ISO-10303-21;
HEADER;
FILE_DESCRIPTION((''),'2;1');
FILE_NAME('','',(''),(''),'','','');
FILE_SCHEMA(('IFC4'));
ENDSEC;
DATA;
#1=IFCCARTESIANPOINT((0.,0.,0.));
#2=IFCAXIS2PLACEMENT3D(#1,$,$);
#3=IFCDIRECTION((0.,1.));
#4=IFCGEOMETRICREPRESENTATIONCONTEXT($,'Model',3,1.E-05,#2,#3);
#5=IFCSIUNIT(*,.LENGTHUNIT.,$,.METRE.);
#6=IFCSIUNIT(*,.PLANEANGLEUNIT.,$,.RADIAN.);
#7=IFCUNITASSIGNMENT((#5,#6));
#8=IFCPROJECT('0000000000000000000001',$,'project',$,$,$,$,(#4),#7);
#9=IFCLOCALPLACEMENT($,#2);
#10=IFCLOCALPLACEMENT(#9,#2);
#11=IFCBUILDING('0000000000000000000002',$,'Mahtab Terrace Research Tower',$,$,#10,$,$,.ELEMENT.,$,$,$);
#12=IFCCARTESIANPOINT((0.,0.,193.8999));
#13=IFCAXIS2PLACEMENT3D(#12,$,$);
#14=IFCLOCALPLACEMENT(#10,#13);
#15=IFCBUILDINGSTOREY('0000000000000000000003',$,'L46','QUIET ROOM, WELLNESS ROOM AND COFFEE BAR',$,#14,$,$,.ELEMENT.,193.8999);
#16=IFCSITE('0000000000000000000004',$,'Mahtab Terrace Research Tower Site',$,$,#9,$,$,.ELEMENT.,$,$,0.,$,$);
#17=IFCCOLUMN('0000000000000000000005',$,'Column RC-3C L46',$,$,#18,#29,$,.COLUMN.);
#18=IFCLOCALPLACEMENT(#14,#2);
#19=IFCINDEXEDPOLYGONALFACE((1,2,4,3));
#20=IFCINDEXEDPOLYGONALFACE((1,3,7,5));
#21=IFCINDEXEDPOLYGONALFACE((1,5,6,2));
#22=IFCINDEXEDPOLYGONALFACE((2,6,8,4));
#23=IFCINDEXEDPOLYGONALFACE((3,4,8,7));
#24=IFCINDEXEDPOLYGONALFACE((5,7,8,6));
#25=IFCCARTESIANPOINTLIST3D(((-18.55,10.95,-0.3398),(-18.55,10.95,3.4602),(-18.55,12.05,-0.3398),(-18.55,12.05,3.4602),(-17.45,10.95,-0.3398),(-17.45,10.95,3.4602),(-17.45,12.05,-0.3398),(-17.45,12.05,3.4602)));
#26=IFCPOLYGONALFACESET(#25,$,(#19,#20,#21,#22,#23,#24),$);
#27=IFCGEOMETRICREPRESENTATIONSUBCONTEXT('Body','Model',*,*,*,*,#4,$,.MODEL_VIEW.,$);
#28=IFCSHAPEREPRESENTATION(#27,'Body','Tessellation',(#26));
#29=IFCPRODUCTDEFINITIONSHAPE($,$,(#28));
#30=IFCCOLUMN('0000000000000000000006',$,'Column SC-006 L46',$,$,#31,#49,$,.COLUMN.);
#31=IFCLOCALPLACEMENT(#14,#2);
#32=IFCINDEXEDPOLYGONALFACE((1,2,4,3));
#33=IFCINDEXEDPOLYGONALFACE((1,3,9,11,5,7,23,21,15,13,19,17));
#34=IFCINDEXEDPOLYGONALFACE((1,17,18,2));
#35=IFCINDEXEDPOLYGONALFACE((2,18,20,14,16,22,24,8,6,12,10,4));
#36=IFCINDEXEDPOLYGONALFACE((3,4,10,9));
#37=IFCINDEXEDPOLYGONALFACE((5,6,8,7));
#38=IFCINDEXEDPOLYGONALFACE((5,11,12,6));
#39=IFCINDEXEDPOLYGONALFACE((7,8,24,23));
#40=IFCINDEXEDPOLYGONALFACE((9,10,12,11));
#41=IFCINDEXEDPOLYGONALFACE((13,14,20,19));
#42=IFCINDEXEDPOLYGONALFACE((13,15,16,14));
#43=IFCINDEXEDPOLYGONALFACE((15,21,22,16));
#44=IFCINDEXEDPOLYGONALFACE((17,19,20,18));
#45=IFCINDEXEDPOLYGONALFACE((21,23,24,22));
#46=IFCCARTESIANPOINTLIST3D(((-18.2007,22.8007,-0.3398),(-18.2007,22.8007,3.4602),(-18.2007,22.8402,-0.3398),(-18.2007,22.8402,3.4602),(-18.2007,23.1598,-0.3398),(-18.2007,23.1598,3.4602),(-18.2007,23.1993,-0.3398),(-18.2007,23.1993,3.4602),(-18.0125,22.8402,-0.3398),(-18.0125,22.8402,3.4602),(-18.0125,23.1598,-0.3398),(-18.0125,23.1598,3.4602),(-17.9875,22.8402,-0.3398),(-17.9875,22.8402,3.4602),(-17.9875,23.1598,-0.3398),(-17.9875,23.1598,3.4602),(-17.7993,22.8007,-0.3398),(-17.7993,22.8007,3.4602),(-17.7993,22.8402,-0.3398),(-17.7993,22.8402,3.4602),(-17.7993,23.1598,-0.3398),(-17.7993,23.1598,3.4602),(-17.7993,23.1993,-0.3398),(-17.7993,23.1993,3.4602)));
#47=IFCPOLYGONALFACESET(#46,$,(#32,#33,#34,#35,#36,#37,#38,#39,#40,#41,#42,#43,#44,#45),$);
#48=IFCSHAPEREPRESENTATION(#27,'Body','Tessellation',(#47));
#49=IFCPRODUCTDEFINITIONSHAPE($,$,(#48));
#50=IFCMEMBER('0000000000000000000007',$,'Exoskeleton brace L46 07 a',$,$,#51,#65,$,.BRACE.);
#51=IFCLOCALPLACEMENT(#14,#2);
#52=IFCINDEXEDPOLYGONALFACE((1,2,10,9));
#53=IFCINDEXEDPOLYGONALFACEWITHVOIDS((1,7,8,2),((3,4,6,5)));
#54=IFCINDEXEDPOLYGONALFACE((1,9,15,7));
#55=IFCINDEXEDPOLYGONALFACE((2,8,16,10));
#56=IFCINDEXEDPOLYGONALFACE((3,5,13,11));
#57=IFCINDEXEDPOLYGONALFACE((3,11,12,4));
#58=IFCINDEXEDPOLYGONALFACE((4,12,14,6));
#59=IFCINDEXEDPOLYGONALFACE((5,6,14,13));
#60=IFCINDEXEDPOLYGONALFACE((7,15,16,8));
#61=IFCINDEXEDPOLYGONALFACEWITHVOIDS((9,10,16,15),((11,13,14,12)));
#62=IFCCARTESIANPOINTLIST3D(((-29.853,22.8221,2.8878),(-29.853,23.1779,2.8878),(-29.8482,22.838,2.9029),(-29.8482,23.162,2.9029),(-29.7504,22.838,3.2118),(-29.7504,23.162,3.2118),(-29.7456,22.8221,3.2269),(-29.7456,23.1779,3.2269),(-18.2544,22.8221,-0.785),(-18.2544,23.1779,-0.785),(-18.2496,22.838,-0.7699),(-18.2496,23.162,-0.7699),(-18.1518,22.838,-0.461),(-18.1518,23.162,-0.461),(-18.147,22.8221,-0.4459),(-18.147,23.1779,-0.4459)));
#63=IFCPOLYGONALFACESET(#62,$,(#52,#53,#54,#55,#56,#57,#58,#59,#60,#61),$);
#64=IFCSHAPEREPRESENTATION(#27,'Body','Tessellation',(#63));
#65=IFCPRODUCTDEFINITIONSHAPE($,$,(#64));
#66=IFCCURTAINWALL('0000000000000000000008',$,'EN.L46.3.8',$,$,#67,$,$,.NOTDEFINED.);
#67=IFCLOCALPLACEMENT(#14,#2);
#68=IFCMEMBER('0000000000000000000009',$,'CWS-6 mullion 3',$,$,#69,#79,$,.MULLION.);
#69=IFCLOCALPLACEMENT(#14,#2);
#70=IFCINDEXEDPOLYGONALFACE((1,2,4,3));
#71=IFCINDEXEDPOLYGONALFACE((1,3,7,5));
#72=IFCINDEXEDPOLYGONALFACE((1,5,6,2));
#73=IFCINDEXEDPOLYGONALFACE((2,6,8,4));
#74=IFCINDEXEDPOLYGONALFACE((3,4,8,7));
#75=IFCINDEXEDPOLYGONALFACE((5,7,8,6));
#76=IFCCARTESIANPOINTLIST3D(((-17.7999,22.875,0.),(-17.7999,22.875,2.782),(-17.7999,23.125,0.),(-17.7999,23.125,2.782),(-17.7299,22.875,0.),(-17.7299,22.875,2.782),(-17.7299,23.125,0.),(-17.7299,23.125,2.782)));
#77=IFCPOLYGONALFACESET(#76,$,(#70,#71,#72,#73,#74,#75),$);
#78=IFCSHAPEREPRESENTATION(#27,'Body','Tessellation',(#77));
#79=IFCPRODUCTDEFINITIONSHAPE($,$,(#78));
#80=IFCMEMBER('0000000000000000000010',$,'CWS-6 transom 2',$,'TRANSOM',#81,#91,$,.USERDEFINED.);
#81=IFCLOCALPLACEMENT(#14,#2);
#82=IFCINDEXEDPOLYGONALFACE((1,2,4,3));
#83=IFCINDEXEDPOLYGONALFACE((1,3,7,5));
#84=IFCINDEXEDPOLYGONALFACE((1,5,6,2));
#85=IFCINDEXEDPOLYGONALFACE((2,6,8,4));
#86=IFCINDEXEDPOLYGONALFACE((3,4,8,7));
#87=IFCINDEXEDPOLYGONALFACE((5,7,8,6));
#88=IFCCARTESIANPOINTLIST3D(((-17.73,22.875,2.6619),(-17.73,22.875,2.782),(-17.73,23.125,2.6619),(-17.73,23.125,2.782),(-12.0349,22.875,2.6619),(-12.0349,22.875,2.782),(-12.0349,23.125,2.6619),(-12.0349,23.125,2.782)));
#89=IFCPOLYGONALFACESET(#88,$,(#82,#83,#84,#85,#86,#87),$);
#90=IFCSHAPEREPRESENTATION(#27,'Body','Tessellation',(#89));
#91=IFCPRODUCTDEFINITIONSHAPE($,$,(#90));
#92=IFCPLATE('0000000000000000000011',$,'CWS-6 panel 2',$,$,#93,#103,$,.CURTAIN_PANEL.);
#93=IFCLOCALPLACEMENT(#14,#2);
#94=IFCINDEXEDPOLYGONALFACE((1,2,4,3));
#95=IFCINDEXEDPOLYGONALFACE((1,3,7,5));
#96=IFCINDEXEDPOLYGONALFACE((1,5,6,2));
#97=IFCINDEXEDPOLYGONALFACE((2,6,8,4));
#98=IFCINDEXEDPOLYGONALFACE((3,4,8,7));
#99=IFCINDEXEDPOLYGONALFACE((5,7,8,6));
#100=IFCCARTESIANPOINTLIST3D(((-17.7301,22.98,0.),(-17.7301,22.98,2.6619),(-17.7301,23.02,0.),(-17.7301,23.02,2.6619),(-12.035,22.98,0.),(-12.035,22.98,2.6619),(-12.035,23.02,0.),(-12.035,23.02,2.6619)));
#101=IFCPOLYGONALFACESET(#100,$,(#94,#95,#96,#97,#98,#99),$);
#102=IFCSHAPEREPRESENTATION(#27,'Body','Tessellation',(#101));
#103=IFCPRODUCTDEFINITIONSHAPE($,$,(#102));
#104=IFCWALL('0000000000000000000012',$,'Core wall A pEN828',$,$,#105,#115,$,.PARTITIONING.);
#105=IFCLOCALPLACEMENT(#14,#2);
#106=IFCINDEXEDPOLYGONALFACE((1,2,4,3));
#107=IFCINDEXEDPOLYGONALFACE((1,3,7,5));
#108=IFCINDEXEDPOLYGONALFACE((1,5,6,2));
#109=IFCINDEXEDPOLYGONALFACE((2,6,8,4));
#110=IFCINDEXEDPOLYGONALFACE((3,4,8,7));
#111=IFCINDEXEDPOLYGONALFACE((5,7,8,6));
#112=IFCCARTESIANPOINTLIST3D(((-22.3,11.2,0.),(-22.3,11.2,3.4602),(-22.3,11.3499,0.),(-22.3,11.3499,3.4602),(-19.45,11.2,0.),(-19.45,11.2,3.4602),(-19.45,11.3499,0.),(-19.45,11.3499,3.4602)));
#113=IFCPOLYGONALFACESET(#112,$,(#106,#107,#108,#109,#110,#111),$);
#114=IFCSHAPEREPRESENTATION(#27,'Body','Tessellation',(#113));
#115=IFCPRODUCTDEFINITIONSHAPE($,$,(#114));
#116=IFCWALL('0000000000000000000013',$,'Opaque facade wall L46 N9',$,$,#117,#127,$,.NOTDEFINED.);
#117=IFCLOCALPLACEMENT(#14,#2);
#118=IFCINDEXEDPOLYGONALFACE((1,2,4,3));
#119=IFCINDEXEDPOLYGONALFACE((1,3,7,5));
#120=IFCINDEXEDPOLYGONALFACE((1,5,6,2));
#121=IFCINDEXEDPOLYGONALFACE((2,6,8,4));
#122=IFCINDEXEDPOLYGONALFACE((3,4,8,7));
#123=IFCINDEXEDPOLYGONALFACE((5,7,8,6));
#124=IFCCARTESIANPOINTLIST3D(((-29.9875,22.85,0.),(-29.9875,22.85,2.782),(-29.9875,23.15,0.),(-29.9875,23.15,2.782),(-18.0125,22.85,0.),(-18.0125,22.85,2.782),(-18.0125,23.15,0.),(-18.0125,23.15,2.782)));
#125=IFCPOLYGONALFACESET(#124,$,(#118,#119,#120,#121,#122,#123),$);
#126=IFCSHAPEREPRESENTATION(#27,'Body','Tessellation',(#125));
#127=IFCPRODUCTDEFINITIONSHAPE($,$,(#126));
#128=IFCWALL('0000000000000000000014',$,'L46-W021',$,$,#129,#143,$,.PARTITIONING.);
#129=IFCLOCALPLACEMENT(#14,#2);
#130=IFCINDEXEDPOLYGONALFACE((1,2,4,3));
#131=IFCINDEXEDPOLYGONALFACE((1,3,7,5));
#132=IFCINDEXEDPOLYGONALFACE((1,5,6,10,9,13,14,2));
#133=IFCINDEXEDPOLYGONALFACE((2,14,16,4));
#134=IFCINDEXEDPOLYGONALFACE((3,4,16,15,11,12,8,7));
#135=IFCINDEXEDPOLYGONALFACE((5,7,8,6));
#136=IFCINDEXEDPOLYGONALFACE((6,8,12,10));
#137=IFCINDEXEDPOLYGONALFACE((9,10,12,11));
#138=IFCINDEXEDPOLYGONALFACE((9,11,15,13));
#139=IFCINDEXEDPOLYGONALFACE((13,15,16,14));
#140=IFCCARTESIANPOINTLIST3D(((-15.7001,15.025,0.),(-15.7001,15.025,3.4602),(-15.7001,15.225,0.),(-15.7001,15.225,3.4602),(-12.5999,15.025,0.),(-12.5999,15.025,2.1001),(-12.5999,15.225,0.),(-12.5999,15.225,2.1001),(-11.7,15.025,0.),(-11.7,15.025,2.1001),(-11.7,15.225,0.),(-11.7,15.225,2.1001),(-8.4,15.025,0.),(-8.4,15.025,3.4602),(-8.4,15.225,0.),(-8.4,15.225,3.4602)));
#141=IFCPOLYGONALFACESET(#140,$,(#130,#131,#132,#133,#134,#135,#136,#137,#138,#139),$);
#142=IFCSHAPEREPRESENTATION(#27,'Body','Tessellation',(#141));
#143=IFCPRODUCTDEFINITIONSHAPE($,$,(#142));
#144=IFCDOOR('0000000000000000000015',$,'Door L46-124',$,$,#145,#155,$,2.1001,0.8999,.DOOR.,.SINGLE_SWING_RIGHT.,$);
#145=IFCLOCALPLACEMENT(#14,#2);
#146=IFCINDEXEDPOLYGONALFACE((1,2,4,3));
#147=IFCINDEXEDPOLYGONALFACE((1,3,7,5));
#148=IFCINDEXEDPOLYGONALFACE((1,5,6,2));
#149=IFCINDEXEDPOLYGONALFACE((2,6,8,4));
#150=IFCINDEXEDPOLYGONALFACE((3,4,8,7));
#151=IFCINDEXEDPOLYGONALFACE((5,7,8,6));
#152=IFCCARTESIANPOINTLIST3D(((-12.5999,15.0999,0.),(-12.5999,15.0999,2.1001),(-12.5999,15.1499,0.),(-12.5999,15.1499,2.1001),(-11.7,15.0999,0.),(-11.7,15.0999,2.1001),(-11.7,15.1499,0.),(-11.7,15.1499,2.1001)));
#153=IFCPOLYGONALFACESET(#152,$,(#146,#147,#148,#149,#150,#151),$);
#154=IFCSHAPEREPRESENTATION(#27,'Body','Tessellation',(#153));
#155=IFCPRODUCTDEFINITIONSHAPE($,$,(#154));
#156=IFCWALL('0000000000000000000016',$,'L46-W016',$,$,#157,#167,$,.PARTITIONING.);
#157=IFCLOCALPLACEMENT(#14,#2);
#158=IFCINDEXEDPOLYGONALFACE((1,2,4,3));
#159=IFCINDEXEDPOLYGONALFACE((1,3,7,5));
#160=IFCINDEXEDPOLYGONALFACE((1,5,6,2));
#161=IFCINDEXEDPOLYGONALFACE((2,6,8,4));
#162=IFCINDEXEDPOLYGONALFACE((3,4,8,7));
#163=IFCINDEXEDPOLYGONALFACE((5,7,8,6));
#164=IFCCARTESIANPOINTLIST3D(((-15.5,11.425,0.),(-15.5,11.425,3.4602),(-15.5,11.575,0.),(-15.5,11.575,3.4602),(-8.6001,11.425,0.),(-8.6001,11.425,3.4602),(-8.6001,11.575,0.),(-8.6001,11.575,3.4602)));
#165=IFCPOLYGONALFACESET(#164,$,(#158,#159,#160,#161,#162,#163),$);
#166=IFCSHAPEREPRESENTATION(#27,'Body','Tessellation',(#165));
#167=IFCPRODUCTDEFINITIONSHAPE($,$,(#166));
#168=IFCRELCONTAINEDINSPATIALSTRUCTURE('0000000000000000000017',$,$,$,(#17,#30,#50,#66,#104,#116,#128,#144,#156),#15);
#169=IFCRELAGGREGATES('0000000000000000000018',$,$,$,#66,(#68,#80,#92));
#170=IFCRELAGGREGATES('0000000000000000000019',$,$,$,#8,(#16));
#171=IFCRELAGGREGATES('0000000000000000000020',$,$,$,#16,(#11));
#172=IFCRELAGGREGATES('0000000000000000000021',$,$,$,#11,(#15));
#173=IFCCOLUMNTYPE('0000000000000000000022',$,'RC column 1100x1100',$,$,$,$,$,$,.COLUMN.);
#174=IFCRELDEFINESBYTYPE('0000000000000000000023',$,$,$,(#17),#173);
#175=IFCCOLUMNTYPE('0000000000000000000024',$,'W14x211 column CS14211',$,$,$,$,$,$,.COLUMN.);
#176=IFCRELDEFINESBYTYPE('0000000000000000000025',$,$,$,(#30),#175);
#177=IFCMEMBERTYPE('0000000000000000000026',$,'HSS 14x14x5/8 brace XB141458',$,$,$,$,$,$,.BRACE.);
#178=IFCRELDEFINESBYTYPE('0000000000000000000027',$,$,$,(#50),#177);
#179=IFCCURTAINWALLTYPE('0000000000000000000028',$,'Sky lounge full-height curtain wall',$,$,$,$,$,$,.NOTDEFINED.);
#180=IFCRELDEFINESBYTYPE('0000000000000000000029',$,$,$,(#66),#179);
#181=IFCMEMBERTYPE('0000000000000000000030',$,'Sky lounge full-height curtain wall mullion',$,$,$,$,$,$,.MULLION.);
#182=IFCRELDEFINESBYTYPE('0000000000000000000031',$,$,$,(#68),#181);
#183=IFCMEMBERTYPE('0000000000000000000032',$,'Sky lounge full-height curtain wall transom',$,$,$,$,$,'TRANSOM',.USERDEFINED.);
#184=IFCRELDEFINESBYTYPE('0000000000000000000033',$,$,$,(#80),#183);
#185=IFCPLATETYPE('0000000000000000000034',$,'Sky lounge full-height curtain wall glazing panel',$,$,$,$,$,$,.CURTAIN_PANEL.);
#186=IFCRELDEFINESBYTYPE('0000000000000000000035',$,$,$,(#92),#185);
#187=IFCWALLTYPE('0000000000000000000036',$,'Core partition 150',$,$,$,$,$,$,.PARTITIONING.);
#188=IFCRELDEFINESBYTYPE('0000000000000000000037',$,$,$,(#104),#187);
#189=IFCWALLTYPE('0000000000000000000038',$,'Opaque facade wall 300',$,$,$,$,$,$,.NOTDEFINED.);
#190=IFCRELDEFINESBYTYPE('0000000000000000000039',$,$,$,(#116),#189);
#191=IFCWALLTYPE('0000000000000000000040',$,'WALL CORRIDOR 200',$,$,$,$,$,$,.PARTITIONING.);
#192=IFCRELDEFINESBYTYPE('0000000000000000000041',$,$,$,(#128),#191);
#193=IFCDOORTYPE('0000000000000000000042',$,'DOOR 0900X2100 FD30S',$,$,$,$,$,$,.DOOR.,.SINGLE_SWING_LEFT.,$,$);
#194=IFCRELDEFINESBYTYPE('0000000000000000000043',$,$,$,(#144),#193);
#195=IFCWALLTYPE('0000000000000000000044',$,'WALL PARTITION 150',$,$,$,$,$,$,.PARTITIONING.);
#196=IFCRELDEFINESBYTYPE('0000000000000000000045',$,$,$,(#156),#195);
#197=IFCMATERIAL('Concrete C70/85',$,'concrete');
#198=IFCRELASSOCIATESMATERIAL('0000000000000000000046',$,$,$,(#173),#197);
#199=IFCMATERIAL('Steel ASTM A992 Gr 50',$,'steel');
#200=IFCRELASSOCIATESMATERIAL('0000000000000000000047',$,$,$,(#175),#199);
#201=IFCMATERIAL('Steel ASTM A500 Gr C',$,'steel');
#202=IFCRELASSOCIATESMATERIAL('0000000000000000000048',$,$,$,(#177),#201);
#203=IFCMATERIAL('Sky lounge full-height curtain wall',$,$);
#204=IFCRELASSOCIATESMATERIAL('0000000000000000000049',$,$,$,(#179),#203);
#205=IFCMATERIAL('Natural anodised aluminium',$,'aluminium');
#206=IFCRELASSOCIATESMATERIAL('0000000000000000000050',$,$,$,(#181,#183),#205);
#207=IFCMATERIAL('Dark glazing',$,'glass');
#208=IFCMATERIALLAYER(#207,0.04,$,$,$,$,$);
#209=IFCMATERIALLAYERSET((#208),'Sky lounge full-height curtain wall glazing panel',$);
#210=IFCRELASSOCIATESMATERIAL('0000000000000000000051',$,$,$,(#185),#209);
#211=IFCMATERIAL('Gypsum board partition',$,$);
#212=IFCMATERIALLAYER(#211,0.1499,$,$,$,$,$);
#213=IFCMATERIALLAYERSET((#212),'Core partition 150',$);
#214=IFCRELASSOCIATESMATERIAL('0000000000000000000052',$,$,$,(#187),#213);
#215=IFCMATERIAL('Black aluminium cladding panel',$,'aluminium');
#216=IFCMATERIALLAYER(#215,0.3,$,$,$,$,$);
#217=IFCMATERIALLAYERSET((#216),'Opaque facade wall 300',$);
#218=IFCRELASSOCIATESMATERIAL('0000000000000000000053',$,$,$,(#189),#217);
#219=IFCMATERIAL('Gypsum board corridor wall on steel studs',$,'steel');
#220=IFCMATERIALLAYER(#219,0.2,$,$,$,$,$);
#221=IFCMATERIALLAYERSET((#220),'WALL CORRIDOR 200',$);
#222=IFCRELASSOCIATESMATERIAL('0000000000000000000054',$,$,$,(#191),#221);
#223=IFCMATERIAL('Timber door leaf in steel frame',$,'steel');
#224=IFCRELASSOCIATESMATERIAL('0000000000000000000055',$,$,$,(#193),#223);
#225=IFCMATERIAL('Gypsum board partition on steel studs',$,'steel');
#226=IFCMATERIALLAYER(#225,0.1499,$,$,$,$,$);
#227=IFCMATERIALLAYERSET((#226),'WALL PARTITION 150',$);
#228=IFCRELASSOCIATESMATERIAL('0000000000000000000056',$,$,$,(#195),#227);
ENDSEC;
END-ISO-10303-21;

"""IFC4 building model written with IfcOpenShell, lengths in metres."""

from ifc_helpers import new_model, si_unit, direction, frame, frame_2d, origin, origin_2d, place, context, subcontext, project, spatial, rectangle, hollow_rectangle, i_section, extrude, material, layer, layer_set, material_profile, profile_set, type_object, element, fill, aggregate, save


model = new_model("IFC4")

# Units and contexts
model_context = context("Model", 3, precision=1e-05, world=origin(), true_north=direction((0.0, 1.0)))
body_context = subcontext(model_context, "Body", "Model", "MODEL_VIEW")
ifc_project = project(units=[si_unit("LENGTHUNIT", "METRE"), si_unit("PLANEANGLEUNIT", "RADIAN")], contexts=[model_context])

# Site, building, storey
site_placement = place(None, origin())
site = spatial("IfcSite", under=ifc_project, at=site_placement, Name="Mahtab Terrace Research Tower Site", CompositionType="ELEMENT", RefElevation=0.0)
building_placement = place(site_placement, origin())
building = spatial("IfcBuilding", under=site, at=building_placement, Name="Mahtab Terrace Research Tower", CompositionType="ELEMENT")
storey_placement = place(building_placement, frame((0.0, 0.0, 193.8999)))
storey = spatial("IfcBuildingStorey", under=building, at=storey_placement, Name="L46", Description="QUIET ROOM, WELLNESS ROOM AND COFFEE BAR", CompositionType="ELEMENT", Elevation=193.8999)

# Columns
ifc_material_1 = material(Name="Concrete C70/85", Category="concrete")
ifc_material_profile_1 = material_profile(ifc_material_1, rectangle(XDim=1.1001, YDim=1.1001, at=origin_2d()), Name="RC column 1100x1100")
ifc_profile_set_1 = profile_set([ifc_material_profile_1], Name="Concrete C70/85")
column_type_1 = type_object("IfcColumnType", Name="RC column 1100x1100", PredefinedType="COLUMN", material=ifc_profile_set_1)
column_1_placement = place(storey_placement, frame((-18.0, 11.5, -0.3398), z_axis=(0.0, 0.0, 1.0), x_axis=(1.0, 0.0, 0.0)))
element("IfcColumn", 1, at=column_1_placement, inside=storey, type_object=column_type_1, Name="Column RC-3C L46", PredefinedType="COLUMN", context=body_context, shape_type="SweptSolid", body=[
    extrude(rectangle(XDim=1.1001, YDim=1.1001, at=origin_2d()), origin(), (0.0, 0.0, 1.0), 3.8),
])
ifc_material_2 = material(Name="Steel ASTM A992 Gr 50", Category="steel")
ifc_material_profile_2 = material_profile(ifc_material_2, i_section(OverallWidth=0.4014, OverallDepth=0.3987, WebThickness=0.0249, FlangeThickness=0.0396, at=origin_2d()), Name="W14X211")
ifc_profile_set_2 = profile_set([ifc_material_profile_2], Name="Steel ASTM A992 Gr 50")
column_type_2 = type_object("IfcColumnType", Name="W14x211 column CS14211", PredefinedType="COLUMN", material=ifc_profile_set_2)
column_2_placement = place(storey_placement, frame((-18.0, 23.0, -0.3398), z_axis=(0.0, 0.0, 1.0), x_axis=(1.0, 0.0, 0.0)))
element("IfcColumn", 2, at=column_2_placement, inside=storey, type_object=column_type_2, Name="Column SC-006 L46", PredefinedType="COLUMN", context=body_context, shape_type="SweptSolid", body=[
    extrude(i_section(OverallWidth=0.4014, OverallDepth=0.3987, WebThickness=0.0249, FlangeThickness=0.0396, at=origin_2d()), origin(), (0.0, 0.0, 1.0), 3.8),
])

# Member
ifc_material_3 = material(Name="Steel ASTM A500 Gr C", Category="steel")
ifc_material_profile_3 = material_profile(ifc_material_3, hollow_rectangle(XDim=0.3557, YDim=0.3557, WallThickness=0.0159, at=origin_2d()), Name="HSS14X14X5/8")
ifc_profile_set_3 = profile_set([ifc_material_profile_3], Name="Steel ASTM A500 Gr C")
member_type_1 = type_object("IfcMemberType", Name="HSS 14x14x5/8 brace XB141458", PredefinedType="BRACE", material=ifc_profile_set_3)
member_1_placement = place(storey_placement, frame((-18.2007, 23.0, -0.6155), z_axis=(-0.953343, 0.0, 0.301888), x_axis=(0.0, -1.0, 0.0)))
element("IfcMember", 3, at=member_1_placement, inside=storey, type_object=member_type_1, Name="Exoskeleton brace L46 07 a", PredefinedType="BRACE", context=body_context, shape_type="SweptSolid", body=[
    extrude(hollow_rectangle(XDim=0.3557, YDim=0.3557, WallThickness=0.0159, at=origin_2d()), origin(), (0.0, 0.0, 1.0), 12.1663),
])

# Curtain wall, members, plate
ifc_material_4 = material(Name="Sky lounge full-height curtain wall")
curtain_wall_type = type_object("IfcCurtainWallType", Name="Sky lounge full-height curtain wall", PredefinedType="NOTDEFINED", material=ifc_material_4)
curtain_wall_placement = place(storey_placement, origin())
curtain_wall = element("IfcCurtainWall", 4, at=curtain_wall_placement, inside=storey, type_object=curtain_wall_type, Name="EN.L46.3.8", PredefinedType="NOTDEFINED")
ifc_material_5 = material(Name="Natural anodised aluminium", Category="aluminium")
ifc_material_profile_4 = material_profile(ifc_material_5, rectangle(XDim=0.25, YDim=0.0701, at=origin_2d()), Name="MULLION 70x250")
ifc_profile_set_4 = profile_set([ifc_material_profile_4], Name="Natural anodised aluminium")
member_type_2 = type_object("IfcMemberType", Name="Sky lounge full-height curtain wall mullion", PredefinedType="MULLION", material=ifc_profile_set_4)
member_2_placement = place(storey_placement, frame((-17.7649, 23.0, 0.0), z_axis=(0.0, 0.0, 1.0), x_axis=(0.0, -1.0, 0.0)))
member_2 = element("IfcMember", 5, at=member_2_placement, type_object=member_type_2, Name="CWS-6 mullion 3", PredefinedType="MULLION", context=body_context, shape_type="SweptSolid", body=[
    extrude(rectangle(XDim=0.25, YDim=0.0701, at=origin_2d()), origin(), (0.0, 0.0, 1.0), 2.782),
])
ifc_material_profile_5 = material_profile(ifc_material_5, rectangle(XDim=0.25, YDim=0.1201, at=origin_2d()), Name="TRANSOM 120x250")
ifc_profile_set_5 = profile_set([ifc_material_profile_5], Name="Natural anodised aluminium")
member_type_3 = type_object("IfcMemberType", Name="Sky lounge full-height curtain wall transom", ElementType="TRANSOM", PredefinedType="USERDEFINED", material=ifc_profile_set_5)
member_3_placement = place(storey_placement, frame((-12.0349, 23.0, 2.7219), z_axis=(-1.0, 0.0, 0.0), x_axis=(0.0, -1.0, 0.0)))
member_3 = element("IfcMember", 6, at=member_3_placement, type_object=member_type_3, Name="CWS-6 transom 2", ObjectType="TRANSOM", PredefinedType="USERDEFINED", context=body_context, shape_type="SweptSolid", body=[
    extrude(rectangle(XDim=0.25, YDim=0.1201, at=origin_2d()), origin(), (0.0, 0.0, 1.0), 5.6951),
])
ifc_material_6 = material(Name="Dark glazing", Category="glass")
ifc_layer_1 = layer(ifc_material_6, 0.04)
ifc_layer_set_1 = layer_set([ifc_layer_1], Name="Sky lounge full-height curtain wall glazing panel")
plate_type = type_object("IfcPlateType", Name="Sky lounge full-height curtain wall glazing panel", PredefinedType="CURTAIN_PANEL", material=ifc_layer_set_1)
plate_placement = place(storey_placement, frame((-14.8826, 23.0, 0.0), z_axis=(0.0, 0.0, 1.0), x_axis=(-1.0, 0.0, 0.0)))
plate = element("IfcPlate", 7, at=plate_placement, type_object=plate_type, Name="CWS-6 panel 2", PredefinedType="CURTAIN_PANEL", context=body_context, shape_type="SweptSolid", body=[
    extrude(rectangle(XDim=5.6951, YDim=0.04, at=origin_2d()), origin(), (0.0, 0.0, 1.0), 2.6619),
])
aggregate(curtain_wall, [member_2, member_3, plate])

# Walls
ifc_material_7 = material(Name="Gypsum board partition")
ifc_layer_2 = layer(ifc_material_7, 0.1499)
ifc_layer_set_2 = layer_set([ifc_layer_2], Name="Core partition 150")
wall_type_1 = type_object("IfcWallType", Name="Core partition 150", PredefinedType="PARTITIONING", material=ifc_layer_set_2)
wall_1_placement = place(storey_placement, frame((-22.3, 11.2749, 0.0), z_axis=(0.0, 0.0, 1.0), x_axis=(1.0, 0.0, 0.0)))
element("IfcWall", 8, at=wall_1_placement, inside=storey, type_object=wall_type_1, Name="Core wall A pEN828", PredefinedType="PARTITIONING", context=body_context, shape_type="SweptSolid", body=[
    extrude(rectangle(XDim=2.8501, YDim=0.1499, at=frame_2d((1.425, 0.0))), origin(), (0.0, 0.0, 1.0), 3.4602),
])
ifc_material_8 = material(Name="Black aluminium cladding panel", Category="aluminium")
ifc_layer_3 = layer(ifc_material_8, 0.3)
ifc_layer_set_3 = layer_set([ifc_layer_3], Name="Opaque facade wall 300")
wall_type_2 = type_object("IfcWallType", Name="Opaque facade wall 300", PredefinedType="NOTDEFINED", material=ifc_layer_set_3)
wall_2_placement = place(storey_placement, frame((-18.0125, 23.0, 0.0), z_axis=(0.0, 0.0, 1.0), x_axis=(-1.0, 0.0, 0.0)))
element("IfcWall", 9, at=wall_2_placement, inside=storey, type_object=wall_type_2, Name="Opaque facade wall L46 N9", PredefinedType="NOTDEFINED", context=body_context, shape_type="SweptSolid", body=[
    extrude(rectangle(XDim=11.9751, YDim=0.3, at=frame_2d((5.9875, 0.0))), origin(), (0.0, 0.0, 1.0), 2.782),
])

# Wall, opening, door
ifc_material_9 = material(Name="Gypsum board corridor wall on steel studs", Category="steel")
ifc_layer_4 = layer(ifc_material_9, 0.2)
ifc_layer_set_4 = layer_set([ifc_layer_4], Name="WALL CORRIDOR 200")
wall_type_3 = type_object("IfcWallType", Name="WALL CORRIDOR 200", PredefinedType="PARTITIONING", material=ifc_layer_set_4)
wall_3_placement = place(storey_placement, frame((-15.7, 15.125, 0.0), z_axis=(0.0, 0.0, 1.0), x_axis=(1.0, 0.0, 0.0)))
wall_3 = element("IfcWall", 10, at=wall_3_placement, inside=storey, type_object=wall_type_3, Name="L46-W021", PredefinedType="PARTITIONING", context=body_context, shape_type="SweptSolid", body=[
    extrude(rectangle(XDim=7.3, YDim=0.2, at=frame_2d((3.6499, 0.0))), origin(), (0.0, 0.0, 1.0), 3.4602),
])
opening_placement = place(wall_3_placement, frame((3.1001, 0.0, 0.0)))
opening = element("IfcOpeningElement", 11, at=opening_placement, cuts=wall_3, PredefinedType="OPENING", context=body_context, shape_type="SweptSolid", body=[
    extrude(rectangle(XDim=0.8999, YDim=2.1001, at=frame_2d((0.45, 1.05))), frame((0.0, 0.1099, 0.0), z_axis=(0.0, -1.0, 0.0), x_axis=(1.0, 0.0, 0.0)), (0.0, 0.0, 1.0), 0.22),
])
ifc_material_10 = material(Name="Timber door leaf in steel frame", Category="steel")
door_type = type_object("IfcDoorType", Name="DOOR 0900X2100 FD30S", OperationType="SINGLE_SWING_LEFT", PredefinedType="DOOR", material=ifc_material_10)
door_placement = place(opening_placement, origin())
door = element("IfcDoor", 12, at=door_placement, inside=storey, type_object=door_type, Name="Door L46-124", OperationType="SINGLE_SWING_RIGHT", OverallHeight=2.1001, OverallWidth=0.8999, PredefinedType="DOOR", context=body_context, shape_type="SweptSolid", body=[
    extrude(rectangle(XDim=0.8999, YDim=2.1001, at=frame_2d((0.45, 1.05))), frame((0.0, 0.0249, 0.0), z_axis=(0.0, -1.0, 0.0), x_axis=(1.0, 0.0, 0.0)), (0.0, 0.0, 1.0), 0.05),
])
fill(opening, door)

# Wall
ifc_material_11 = material(Name="Gypsum board partition on steel studs", Category="steel")
ifc_layer_5 = layer(ifc_material_11, 0.1499)
ifc_layer_set_5 = layer_set([ifc_layer_5], Name="WALL PARTITION 150")
wall_type_4 = type_object("IfcWallType", Name="WALL PARTITION 150", PredefinedType="PARTITIONING", material=ifc_layer_set_5)
wall_4_placement = place(storey_placement, frame((-15.5, 11.5, 0.0), z_axis=(0.0, 0.0, 1.0), x_axis=(1.0, 0.0, 0.0)))
element("IfcWall", 13, at=wall_4_placement, inside=storey, type_object=wall_type_4, Name="L46-W016", PredefinedType="PARTITIONING", context=body_context, shape_type="SweptSolid", body=[
    extrude(rectangle(XDim=6.8999, YDim=0.1499, at=frame_2d((3.45, 0.0))), origin(), (0.0, 0.0, 1.0), 3.4602),
])

save(model, "model.ifc")
